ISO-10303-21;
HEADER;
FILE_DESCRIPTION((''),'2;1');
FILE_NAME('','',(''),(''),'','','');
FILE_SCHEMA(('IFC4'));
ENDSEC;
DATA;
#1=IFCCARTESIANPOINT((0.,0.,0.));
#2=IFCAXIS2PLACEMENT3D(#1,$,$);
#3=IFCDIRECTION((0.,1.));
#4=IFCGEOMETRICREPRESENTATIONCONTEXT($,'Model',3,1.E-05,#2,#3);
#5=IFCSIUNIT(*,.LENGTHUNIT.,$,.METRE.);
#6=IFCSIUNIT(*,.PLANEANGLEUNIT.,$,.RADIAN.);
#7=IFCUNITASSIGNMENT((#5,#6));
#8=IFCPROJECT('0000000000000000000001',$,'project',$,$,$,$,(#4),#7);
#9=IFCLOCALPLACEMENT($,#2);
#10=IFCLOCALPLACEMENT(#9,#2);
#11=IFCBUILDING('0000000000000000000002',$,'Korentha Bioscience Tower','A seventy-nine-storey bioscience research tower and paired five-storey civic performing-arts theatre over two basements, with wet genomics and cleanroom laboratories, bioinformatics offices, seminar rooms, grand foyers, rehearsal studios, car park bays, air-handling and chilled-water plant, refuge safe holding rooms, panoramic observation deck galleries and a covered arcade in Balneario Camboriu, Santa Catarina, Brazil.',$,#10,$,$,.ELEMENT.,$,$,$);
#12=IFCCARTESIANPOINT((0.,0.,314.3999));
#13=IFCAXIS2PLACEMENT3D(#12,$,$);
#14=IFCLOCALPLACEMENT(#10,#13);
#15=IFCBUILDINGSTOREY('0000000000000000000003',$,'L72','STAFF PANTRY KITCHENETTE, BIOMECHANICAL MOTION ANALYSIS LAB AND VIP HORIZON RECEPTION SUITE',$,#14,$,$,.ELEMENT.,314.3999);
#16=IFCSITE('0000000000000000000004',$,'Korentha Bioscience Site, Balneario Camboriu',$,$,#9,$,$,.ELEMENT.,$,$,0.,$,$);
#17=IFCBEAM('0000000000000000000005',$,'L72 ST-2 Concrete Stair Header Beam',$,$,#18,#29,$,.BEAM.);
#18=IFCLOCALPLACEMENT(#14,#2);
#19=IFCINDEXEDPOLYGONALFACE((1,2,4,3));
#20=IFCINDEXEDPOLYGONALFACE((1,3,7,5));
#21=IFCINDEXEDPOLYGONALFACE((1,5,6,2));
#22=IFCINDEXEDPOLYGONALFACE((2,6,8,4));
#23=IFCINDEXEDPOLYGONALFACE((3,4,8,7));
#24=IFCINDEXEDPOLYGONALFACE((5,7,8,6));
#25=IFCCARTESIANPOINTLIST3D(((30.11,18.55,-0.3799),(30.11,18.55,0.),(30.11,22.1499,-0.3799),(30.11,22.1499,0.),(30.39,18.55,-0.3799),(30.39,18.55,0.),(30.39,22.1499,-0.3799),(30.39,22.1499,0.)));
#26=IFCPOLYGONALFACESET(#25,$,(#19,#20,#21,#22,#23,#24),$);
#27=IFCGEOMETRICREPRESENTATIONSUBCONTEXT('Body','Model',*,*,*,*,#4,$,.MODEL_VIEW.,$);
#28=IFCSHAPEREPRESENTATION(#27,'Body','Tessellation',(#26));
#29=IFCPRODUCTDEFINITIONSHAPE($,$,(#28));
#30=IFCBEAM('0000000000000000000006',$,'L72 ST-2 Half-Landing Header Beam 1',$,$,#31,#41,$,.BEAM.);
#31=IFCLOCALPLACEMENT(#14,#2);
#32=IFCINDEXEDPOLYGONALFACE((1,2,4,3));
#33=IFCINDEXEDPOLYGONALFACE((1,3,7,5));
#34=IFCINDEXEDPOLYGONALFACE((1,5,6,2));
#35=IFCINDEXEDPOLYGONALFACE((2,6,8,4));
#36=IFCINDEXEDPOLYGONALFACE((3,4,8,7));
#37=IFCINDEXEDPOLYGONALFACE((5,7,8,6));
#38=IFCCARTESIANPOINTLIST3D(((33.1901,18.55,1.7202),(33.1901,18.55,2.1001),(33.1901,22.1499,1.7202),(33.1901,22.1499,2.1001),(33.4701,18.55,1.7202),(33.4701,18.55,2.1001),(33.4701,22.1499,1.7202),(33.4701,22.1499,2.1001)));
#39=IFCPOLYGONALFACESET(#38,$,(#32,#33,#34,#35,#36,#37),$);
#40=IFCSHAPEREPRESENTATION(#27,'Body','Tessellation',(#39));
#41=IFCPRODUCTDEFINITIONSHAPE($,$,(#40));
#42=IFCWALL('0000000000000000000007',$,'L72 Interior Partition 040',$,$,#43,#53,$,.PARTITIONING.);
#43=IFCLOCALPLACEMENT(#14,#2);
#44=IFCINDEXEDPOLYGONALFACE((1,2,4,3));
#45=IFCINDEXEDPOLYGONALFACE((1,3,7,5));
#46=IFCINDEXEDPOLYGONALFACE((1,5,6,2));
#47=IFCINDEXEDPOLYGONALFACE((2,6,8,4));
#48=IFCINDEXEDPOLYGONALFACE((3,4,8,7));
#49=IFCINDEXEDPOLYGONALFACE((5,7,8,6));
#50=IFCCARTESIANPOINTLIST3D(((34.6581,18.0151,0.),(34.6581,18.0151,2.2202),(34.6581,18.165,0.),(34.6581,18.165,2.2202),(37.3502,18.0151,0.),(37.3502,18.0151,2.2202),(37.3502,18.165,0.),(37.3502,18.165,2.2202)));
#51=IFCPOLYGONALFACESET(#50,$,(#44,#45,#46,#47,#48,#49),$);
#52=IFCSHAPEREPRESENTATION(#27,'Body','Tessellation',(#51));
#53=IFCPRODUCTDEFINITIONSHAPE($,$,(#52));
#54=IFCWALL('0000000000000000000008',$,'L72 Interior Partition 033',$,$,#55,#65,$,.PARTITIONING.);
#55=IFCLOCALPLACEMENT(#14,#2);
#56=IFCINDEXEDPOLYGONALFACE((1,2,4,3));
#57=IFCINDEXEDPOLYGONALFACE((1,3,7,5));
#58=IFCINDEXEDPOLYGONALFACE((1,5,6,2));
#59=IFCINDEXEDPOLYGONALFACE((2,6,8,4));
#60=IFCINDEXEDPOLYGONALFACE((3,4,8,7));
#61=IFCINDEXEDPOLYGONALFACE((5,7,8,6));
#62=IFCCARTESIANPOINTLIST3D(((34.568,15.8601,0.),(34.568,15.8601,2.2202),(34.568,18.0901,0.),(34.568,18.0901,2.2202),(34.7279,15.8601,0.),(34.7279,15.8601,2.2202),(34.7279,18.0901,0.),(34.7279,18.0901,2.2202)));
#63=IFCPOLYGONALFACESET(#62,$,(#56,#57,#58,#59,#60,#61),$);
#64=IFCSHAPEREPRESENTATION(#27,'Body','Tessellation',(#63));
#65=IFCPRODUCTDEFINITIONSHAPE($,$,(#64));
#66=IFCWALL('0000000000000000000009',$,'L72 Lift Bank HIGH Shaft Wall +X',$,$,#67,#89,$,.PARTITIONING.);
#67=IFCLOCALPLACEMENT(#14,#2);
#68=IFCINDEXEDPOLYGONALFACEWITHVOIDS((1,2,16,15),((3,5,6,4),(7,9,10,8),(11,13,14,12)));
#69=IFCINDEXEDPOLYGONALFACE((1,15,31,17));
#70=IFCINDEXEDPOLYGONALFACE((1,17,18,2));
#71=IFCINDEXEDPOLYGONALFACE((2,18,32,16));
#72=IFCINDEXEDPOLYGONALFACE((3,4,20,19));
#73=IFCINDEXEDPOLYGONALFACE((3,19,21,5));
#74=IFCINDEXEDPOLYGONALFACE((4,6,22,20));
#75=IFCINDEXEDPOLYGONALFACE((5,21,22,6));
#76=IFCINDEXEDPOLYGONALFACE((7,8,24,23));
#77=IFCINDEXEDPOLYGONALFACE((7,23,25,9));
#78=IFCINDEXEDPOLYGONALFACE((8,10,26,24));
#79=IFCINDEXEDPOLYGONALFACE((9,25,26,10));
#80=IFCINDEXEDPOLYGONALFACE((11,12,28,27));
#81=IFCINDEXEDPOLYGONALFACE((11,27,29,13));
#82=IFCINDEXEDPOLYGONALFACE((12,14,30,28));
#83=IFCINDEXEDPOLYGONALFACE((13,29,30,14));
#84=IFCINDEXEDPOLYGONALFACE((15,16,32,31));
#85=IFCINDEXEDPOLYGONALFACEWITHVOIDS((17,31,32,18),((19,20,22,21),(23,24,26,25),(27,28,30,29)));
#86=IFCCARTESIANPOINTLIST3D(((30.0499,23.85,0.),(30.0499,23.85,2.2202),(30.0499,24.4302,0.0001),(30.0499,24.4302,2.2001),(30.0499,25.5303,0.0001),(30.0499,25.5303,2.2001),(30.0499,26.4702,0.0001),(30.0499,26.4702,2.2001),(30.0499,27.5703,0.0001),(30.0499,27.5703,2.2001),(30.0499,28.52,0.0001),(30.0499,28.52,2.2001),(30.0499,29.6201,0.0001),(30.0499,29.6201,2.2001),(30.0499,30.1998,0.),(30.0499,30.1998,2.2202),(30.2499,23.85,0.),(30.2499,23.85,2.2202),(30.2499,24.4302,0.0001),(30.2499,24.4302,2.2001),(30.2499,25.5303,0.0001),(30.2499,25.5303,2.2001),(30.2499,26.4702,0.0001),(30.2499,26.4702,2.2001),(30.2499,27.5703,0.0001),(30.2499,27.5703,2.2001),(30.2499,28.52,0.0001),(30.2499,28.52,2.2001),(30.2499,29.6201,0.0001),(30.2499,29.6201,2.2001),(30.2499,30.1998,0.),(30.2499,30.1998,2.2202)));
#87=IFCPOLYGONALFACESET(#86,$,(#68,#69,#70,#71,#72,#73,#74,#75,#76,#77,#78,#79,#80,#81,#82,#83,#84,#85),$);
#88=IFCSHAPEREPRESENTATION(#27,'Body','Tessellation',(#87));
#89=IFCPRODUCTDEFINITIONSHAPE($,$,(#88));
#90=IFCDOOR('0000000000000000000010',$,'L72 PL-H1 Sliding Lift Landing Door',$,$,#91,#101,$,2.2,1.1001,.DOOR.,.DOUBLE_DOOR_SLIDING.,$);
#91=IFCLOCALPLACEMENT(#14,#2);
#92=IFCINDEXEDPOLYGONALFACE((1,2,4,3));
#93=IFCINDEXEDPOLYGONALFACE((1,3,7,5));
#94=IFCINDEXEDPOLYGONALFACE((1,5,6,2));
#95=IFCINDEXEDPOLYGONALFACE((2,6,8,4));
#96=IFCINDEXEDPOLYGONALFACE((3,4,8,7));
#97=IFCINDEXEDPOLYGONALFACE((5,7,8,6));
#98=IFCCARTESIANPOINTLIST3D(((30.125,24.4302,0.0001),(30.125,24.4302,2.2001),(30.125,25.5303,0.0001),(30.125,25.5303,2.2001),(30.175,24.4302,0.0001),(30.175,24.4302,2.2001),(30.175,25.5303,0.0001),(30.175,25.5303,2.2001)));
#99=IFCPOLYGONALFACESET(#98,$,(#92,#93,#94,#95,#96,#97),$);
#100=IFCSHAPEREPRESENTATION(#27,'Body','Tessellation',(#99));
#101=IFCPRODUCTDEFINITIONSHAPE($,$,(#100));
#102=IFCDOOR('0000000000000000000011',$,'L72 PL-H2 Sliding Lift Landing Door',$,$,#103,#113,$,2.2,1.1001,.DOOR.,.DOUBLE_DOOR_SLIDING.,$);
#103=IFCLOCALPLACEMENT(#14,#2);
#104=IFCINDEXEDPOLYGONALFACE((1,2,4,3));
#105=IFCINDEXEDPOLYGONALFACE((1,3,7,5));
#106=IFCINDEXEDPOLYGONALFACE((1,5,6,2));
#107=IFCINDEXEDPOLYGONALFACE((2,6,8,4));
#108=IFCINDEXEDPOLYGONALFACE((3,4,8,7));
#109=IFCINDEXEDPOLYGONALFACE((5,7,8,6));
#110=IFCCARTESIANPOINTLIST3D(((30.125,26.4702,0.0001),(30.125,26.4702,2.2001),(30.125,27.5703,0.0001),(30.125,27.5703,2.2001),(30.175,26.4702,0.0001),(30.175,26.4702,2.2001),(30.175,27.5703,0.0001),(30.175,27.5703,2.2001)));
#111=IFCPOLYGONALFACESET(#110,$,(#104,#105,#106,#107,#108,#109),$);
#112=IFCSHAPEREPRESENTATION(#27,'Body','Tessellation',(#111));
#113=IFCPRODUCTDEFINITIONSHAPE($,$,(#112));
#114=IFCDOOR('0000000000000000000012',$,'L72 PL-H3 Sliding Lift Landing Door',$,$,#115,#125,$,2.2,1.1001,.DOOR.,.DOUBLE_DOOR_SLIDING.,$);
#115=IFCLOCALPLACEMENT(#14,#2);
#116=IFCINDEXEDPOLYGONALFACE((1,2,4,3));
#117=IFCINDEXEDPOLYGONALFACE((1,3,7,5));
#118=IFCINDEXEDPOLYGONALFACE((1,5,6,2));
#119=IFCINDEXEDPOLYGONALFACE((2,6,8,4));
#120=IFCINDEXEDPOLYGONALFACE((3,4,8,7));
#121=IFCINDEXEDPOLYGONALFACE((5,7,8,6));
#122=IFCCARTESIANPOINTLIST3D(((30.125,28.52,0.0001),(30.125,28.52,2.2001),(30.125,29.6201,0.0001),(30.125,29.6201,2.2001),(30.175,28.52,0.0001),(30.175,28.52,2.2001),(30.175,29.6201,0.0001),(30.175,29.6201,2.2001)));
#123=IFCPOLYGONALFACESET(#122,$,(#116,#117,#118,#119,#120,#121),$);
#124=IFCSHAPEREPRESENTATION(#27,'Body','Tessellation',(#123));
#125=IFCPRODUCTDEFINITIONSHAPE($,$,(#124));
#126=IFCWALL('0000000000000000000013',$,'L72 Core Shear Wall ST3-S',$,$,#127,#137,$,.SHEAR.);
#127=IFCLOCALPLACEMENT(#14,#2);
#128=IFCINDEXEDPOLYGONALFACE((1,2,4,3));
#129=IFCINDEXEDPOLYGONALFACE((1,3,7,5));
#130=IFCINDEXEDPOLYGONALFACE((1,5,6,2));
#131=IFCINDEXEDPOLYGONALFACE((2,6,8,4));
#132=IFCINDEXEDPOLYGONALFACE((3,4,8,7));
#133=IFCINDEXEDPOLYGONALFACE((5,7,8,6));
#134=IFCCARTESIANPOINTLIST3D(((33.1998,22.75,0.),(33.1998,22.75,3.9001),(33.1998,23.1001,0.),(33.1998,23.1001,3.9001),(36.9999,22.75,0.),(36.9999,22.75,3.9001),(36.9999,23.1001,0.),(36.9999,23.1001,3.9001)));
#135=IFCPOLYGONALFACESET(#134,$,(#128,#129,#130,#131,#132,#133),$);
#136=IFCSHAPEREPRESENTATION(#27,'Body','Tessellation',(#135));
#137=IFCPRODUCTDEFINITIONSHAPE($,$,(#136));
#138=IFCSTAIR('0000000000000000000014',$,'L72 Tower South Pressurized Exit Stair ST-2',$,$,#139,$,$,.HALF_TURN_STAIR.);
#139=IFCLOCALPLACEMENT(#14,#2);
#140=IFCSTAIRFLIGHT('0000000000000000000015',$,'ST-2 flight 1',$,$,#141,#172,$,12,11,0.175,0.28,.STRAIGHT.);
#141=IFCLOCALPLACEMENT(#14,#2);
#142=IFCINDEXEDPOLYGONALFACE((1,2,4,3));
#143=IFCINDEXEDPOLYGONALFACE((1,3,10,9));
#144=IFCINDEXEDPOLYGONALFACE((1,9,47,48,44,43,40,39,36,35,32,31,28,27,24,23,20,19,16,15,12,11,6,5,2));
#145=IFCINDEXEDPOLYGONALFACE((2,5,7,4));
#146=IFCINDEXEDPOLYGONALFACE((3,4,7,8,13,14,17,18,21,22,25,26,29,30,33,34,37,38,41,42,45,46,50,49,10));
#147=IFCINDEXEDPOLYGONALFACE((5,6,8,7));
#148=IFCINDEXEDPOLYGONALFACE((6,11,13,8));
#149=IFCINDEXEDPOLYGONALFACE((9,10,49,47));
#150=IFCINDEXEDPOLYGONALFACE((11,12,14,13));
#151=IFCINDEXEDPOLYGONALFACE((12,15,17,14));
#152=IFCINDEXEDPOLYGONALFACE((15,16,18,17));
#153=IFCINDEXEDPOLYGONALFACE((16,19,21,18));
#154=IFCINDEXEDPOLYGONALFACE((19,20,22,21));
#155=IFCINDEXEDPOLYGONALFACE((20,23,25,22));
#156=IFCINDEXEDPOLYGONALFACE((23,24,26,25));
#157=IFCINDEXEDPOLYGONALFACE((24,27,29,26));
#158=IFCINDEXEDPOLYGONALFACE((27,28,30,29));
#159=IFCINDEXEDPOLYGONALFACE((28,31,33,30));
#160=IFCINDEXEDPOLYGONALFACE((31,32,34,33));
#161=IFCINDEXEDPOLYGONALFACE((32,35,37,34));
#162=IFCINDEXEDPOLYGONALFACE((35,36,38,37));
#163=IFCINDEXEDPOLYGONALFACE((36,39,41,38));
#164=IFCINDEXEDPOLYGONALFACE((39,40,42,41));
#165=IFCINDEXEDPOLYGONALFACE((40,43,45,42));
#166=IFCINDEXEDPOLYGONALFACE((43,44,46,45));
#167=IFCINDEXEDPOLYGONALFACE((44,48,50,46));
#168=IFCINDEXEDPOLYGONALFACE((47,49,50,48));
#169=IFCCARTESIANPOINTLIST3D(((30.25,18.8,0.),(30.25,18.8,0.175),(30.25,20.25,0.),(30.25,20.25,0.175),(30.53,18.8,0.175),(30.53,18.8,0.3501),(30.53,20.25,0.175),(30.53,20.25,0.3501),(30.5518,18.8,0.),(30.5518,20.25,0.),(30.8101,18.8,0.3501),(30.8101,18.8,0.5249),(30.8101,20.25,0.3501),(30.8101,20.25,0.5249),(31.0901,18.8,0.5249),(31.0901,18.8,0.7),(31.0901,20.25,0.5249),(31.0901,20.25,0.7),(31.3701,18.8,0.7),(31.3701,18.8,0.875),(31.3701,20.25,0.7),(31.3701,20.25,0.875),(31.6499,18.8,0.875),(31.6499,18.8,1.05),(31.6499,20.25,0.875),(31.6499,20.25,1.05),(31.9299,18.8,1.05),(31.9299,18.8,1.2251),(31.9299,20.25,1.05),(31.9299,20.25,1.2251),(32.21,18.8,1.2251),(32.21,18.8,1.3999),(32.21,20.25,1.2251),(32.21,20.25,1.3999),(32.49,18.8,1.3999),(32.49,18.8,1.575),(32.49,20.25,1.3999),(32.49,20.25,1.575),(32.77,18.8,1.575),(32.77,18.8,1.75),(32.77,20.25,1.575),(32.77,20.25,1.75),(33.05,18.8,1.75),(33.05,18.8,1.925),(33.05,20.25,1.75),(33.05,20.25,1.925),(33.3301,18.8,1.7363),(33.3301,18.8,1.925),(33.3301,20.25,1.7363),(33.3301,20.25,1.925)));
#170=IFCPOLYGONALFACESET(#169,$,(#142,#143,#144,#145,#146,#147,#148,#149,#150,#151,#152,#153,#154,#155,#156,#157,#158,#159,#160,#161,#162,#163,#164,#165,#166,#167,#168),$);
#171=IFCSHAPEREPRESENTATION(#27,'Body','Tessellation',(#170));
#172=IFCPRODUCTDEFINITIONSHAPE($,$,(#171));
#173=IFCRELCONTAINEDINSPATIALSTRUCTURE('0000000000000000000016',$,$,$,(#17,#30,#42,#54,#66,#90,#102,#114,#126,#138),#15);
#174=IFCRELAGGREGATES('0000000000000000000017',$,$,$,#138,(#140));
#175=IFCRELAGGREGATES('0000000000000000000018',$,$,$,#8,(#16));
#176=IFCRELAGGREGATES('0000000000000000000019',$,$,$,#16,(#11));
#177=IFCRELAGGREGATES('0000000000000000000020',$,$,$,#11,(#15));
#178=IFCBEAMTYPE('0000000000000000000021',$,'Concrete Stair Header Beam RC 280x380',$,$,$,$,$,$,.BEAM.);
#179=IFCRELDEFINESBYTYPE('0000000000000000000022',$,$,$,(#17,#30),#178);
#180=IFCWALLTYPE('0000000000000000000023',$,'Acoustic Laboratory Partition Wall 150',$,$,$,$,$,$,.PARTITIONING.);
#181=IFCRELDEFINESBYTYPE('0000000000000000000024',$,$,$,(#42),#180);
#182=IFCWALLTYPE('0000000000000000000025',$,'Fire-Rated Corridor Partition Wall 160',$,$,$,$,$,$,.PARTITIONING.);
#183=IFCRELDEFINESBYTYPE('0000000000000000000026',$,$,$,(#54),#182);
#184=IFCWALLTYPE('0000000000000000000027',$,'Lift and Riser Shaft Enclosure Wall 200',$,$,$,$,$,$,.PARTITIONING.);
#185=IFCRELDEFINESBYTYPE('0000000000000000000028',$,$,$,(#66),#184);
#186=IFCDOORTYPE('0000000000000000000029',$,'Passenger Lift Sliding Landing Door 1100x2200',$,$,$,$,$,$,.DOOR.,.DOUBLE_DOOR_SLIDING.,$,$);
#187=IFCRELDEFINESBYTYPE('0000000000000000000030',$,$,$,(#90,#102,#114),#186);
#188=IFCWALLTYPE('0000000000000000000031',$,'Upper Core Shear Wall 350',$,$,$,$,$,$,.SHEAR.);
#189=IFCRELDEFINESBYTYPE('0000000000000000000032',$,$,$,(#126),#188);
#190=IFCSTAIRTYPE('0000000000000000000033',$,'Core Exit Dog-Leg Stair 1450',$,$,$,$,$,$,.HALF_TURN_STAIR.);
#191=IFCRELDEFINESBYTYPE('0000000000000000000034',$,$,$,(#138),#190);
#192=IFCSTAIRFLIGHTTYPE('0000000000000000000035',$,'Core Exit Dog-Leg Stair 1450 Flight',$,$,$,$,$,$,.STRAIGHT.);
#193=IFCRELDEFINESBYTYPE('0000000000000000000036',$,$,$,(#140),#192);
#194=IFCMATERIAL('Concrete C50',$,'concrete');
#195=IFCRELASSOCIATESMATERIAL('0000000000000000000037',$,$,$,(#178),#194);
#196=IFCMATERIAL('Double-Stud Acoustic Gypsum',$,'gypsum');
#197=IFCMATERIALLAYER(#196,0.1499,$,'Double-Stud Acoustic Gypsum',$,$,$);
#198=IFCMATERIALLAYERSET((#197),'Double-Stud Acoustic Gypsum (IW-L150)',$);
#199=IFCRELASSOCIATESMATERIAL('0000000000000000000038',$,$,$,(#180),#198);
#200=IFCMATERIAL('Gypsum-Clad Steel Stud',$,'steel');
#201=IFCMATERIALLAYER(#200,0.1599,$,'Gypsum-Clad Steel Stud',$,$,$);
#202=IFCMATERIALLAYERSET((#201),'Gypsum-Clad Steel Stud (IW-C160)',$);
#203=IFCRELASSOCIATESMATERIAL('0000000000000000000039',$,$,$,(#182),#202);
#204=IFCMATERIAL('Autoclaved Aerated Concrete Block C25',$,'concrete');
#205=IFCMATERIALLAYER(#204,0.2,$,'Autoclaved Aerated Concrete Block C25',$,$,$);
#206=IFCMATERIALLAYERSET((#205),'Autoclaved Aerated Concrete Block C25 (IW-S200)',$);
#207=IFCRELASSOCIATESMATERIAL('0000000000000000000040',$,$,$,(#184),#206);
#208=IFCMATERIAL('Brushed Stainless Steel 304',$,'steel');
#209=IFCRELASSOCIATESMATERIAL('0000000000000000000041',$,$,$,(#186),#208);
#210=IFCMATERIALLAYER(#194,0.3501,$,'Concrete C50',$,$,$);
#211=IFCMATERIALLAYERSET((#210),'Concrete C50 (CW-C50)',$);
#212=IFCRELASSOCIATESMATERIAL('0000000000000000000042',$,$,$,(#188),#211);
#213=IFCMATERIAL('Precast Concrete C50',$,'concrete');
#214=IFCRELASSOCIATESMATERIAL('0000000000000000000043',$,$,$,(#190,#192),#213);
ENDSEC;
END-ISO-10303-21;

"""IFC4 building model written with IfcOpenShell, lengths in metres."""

from ifc_helpers import new_model, si_unit, direction, frame, frame_2d, origin, origin_2d, place, context, subcontext, project, spatial, polyline, rectangle, outline, extrude, material, layer, layer_set, material_profile, profile_set, type_object, element, fill, aggregate, save


model = new_model("IFC4")

# Units and contexts
model_context = context("Model", 3, precision=1e-05, world=origin(), true_north=direction((0.0, 1.0)))
body_context = subcontext(model_context, "Body", "Model", "MODEL_VIEW")
ifc_project = project(units=[si_unit("LENGTHUNIT", "METRE"), si_unit("PLANEANGLEUNIT", "RADIAN")], contexts=[model_context])

# Site, building, storey
site_placement = place(None, origin())
site = spatial("IfcSite", under=ifc_project, at=site_placement, Name="Korentha Bioscience Site, Balneario Camboriu", CompositionType="ELEMENT", RefElevation=0.0)
building_placement = place(site_placement, origin())
building = spatial("IfcBuilding", under=site, at=building_placement, Name="Korentha Bioscience Tower", Description="A seventy-nine-storey bioscience research tower and paired five-storey civic performing-arts theatre over two basements, with wet genomics and cleanroom laboratories, bioinformatics offices, seminar rooms, grand foyers, rehearsal studios, car park bays, air-handling and chilled-water plant, refuge safe holding rooms, panoramic observation deck galleries and a covered arcade in Balneario Camboriu, Santa Catarina, Brazil.", CompositionType="ELEMENT")
storey_placement = place(building_placement, frame((0.0, 0.0, 314.3999)))
storey = spatial("IfcBuildingStorey", under=building, at=storey_placement, Name="L72", Description="STAFF PANTRY KITCHENETTE, BIOMECHANICAL MOTION ANALYSIS LAB AND VIP HORIZON RECEPTION SUITE", CompositionType="ELEMENT", Elevation=314.3999)

# Beams
ifc_material_1 = material(Name="Concrete C50", Category="concrete")
ifc_material_profile = material_profile(ifc_material_1, rectangle(XDim=0.28, YDim=0.3799, at=origin_2d()), Name="Concrete C50")
ifc_profile_set = profile_set([ifc_material_profile], Name="Concrete C50 (ST-HB380)")
beam_type = type_object("IfcBeamType", Name="Concrete Stair Header Beam RC 280x380", PredefinedType="BEAM", material=ifc_profile_set)
for number, where, z_axis, x_axis, name in (
    (1, (30.25, 18.55, -0.1899), (0.0, 1.0, 0.0), (-1.0, 0.0, 0.0), "L72 ST-2 Concrete Stair Header Beam"),
    (2, (33.3301, 18.55, 1.9102), (0.0, 1.0, 0.0), (-1.0, 0.0, 0.0), "L72 ST-2 Half-Landing Header Beam 1"),
):
    element("IfcBeam", number, at=place(storey_placement, frame(where, z_axis=z_axis, x_axis=x_axis)), inside=storey, type_object=beam_type, Name=name, PredefinedType="BEAM", context=body_context, shape_type="SweptSolid", body=[
        extrude(rectangle(XDim=0.28, YDim=0.3799, at=origin_2d()), origin(), (0.0, 0.0, 1.0), 3.5999),
    ])

# Walls
ifc_material_2 = material(Name="Double-Stud Acoustic Gypsum", Category="gypsum")
ifc_layer_1 = layer(ifc_material_2, 0.1499, Name="Double-Stud Acoustic Gypsum")
ifc_layer_set_1 = layer_set([ifc_layer_1], Name="Double-Stud Acoustic Gypsum (IW-L150)")
wall_type_1 = type_object("IfcWallType", Name="Acoustic Laboratory Partition Wall 150", PredefinedType="PARTITIONING", material=ifc_layer_set_1)
wall_1_placement = place(storey_placement, frame((34.658, 18.0901, 0.0), z_axis=(0.0, 0.0, 1.0), x_axis=(1.0, 0.0, 0.0)))
element("IfcWall", 3, at=wall_1_placement, inside=storey, type_object=wall_type_1, Name="L72 Interior Partition 040", PredefinedType="PARTITIONING", context=body_context, shape_type="SweptSolid", body=[
    extrude(rectangle(XDim=2.6921, YDim=0.1499, at=frame_2d((1.3462, 0.0))), origin(), (0.0, 0.0, 1.0), 2.2202),
])
ifc_material_3 = material(Name="Gypsum-Clad Steel Stud", Category="steel")
ifc_layer_2 = layer(ifc_material_3, 0.1599, Name="Gypsum-Clad Steel Stud")
ifc_layer_set_2 = layer_set([ifc_layer_2], Name="Gypsum-Clad Steel Stud (IW-C160)")
wall_type_2 = type_object("IfcWallType", Name="Fire-Rated Corridor Partition Wall 160", PredefinedType="PARTITIONING", material=ifc_layer_set_2)
wall_2_placement = place(storey_placement, frame((34.6479, 18.0901, 0.0), z_axis=(0.0, 0.0, 1.0), x_axis=(0.0, -1.0, 0.0)))
element("IfcWall", 4, at=wall_2_placement, inside=storey, type_object=wall_type_2, Name="L72 Interior Partition 033", PredefinedType="PARTITIONING", context=body_context, shape_type="SweptSolid", body=[
    extrude(rectangle(XDim=2.23, YDim=0.1599, at=frame_2d((1.115, 0.0))), origin(), (0.0, 0.0, 1.0), 2.2202),
])

# Wall, openings, doors
ifc_material_4 = material(Name="Autoclaved Aerated Concrete Block C25", Category="concrete")
ifc_layer_3 = layer(ifc_material_4, 0.2, Name="Autoclaved Aerated Concrete Block C25")
ifc_layer_set_3 = layer_set([ifc_layer_3], Name="Autoclaved Aerated Concrete Block C25 (IW-S200)")
wall_type_3 = type_object("IfcWallType", Name="Lift and Riser Shaft Enclosure Wall 200", PredefinedType="PARTITIONING", material=ifc_layer_set_3)
wall_3_placement = place(storey_placement, frame((30.1499, 23.8501, 0.0), z_axis=(0.0, 0.0, 1.0), x_axis=(0.0, 1.0, 0.0)))
wall_3 = element("IfcWall", 5, at=wall_3_placement, inside=storey, type_object=wall_type_3, Name="L72 Lift Bank HIGH Shaft Wall +X", PredefinedType="PARTITIONING", context=body_context, shape_type="SweptSolid", body=[
    extrude(rectangle(XDim=6.3499, YDim=0.2, at=frame_2d((3.1748, 0.0))), origin(), (0.0, 0.0, 1.0), 2.2202),
])
opening_1_placement = place(wall_3_placement, frame((0.5801, 0.0, 0.0)))
opening_1 = element("IfcOpeningElement", 6, at=opening_1_placement, cuts=wall_3, PredefinedType="OPENING", context=body_context, shape_type="SweptSolid", body=[
    extrude(rectangle(XDim=1.1001, YDim=2.2, at=frame_2d((0.55, 1.1001))), frame((0.0, 0.1147, 0.0), z_axis=(0.0, -1.0, 0.0), x_axis=(1.0, 0.0, 0.0)), (0.0, 0.0, 1.0), 0.2297),
])
opening_2_placement = place(wall_3_placement, frame((2.6201, 0.0, 0.0)))
opening_2 = element("IfcOpeningElement", 7, at=opening_2_placement, cuts=wall_3, PredefinedType="OPENING", context=body_context, shape_type="SweptSolid", body=[
    extrude(rectangle(XDim=1.1001, YDim=2.2, at=frame_2d((0.55, 1.1001))), frame((0.0, 0.1147, 0.0), z_axis=(0.0, -1.0, 0.0), x_axis=(1.0, 0.0, 0.0)), (0.0, 0.0, 1.0), 0.2297),
])
opening_3_placement = place(wall_3_placement, frame((4.6699, 0.0, 0.0)))
opening_3 = element("IfcOpeningElement", 8, at=opening_3_placement, cuts=wall_3, PredefinedType="OPENING", context=body_context, shape_type="SweptSolid", body=[
    extrude(rectangle(XDim=1.1001, YDim=2.2, at=frame_2d((0.55, 1.1001))), frame((0.0, 0.1147, 0.0), z_axis=(0.0, -1.0, 0.0), x_axis=(1.0, 0.0, 0.0)), (0.0, 0.0, 1.0), 0.2297),
])
ifc_material_5 = material(Name="Brushed Stainless Steel 304", Category="steel")
door_type_1 = type_object("IfcDoorType", Name="Passenger Lift Sliding Landing Door 1100x2200", OperationType="DOUBLE_DOOR_SLIDING", PredefinedType="DOOR", material=ifc_material_5)
door_1_placement = place(opening_1_placement, origin())
door_1 = element("IfcDoor", 9, at=door_1_placement, inside=storey, type_object=door_type_1, Name="L72 PL-H1 Sliding Lift Landing Door", OperationType="DOUBLE_DOOR_SLIDING", OverallHeight=2.2, OverallWidth=1.1001, PredefinedType="DOOR", context=body_context, shape_type="SweptSolid", body=[
    extrude(rectangle(XDim=1.1001, YDim=2.2, at=frame_2d((0.55, 1.1001))), frame((0.0, 0.0249, 0.0), z_axis=(0.0, -1.0, 0.0), x_axis=(1.0, 0.0, 0.0)), (0.0, 0.0, 1.0), 0.05),
])
fill(opening_1, door_1)
door_2_placement = place(opening_2_placement, origin())
door_2 = element("IfcDoor", 10, at=door_2_placement, inside=storey, type_object=door_type_1, Name="L72 PL-H2 Sliding Lift Landing Door", OperationType="DOUBLE_DOOR_SLIDING", OverallHeight=2.2, OverallWidth=1.1001, PredefinedType="DOOR", context=body_context, shape_type="SweptSolid", body=[
    extrude(rectangle(XDim=1.1001, YDim=2.2, at=frame_2d((0.55, 1.1001))), frame((0.0, 0.0249, 0.0), z_axis=(0.0, -1.0, 0.0), x_axis=(1.0, 0.0, 0.0)), (0.0, 0.0, 1.0), 0.05),
])
fill(opening_2, door_2)
door_3_placement = place(opening_3_placement, origin())
door_3 = element("IfcDoor", 11, at=door_3_placement, inside=storey, type_object=door_type_1, Name="L72 PL-H3 Sliding Lift Landing Door", OperationType="DOUBLE_DOOR_SLIDING", OverallHeight=2.2, OverallWidth=1.1001, PredefinedType="DOOR", context=body_context, shape_type="SweptSolid", body=[
    extrude(rectangle(XDim=1.1001, YDim=2.2, at=frame_2d((0.55, 1.1001))), frame((0.0, 0.0249, 0.0), z_axis=(0.0, -1.0, 0.0), x_axis=(1.0, 0.0, 0.0)), (0.0, 0.0, 1.0), 0.05),
])
fill(opening_3, door_3)

# Wall
ifc_layer_4 = layer(ifc_material_1, 0.3501, Name="Concrete C50")
ifc_layer_set_4 = layer_set([ifc_layer_4], Name="Concrete C50 (CW-C50)")
wall_type_4 = type_object("IfcWallType", Name="Upper Core Shear Wall 350", PredefinedType="SHEAR", material=ifc_layer_set_4)
wall_4_placement = place(storey_placement, frame((33.2, 22.925, 0.0), z_axis=(0.0, 0.0, 1.0), x_axis=(1.0, 0.0, 0.0)))
element("IfcWall", 12, at=wall_4_placement, inside=storey, type_object=wall_type_4, Name="L72 Core Shear Wall ST3-S", PredefinedType="SHEAR", context=body_context, shape_type="SweptSolid", body=[
    extrude(rectangle(XDim=3.8, YDim=0.3501, at=frame_2d((1.8999, 0.0))), origin(), (0.0, 0.0, 1.0), 3.9001),
])

# Stair, stair flight
ifc_material_6 = material(Name="Precast Concrete C50", Category="concrete")
stair_type = type_object("IfcStairType", Name="Core Exit Dog-Leg Stair 1450", PredefinedType="HALF_TURN_STAIR", material=ifc_material_6)
stair_placement = place(storey_placement, origin())
stair = element("IfcStair", 13, at=stair_placement, inside=storey, type_object=stair_type, Name="L72 Tower South Pressurized Exit Stair ST-2", PredefinedType="HALF_TURN_STAIR")
stair_flight_type = type_object("IfcStairFlightType", Name="Core Exit Dog-Leg Stair 1450 Flight", PredefinedType="STRAIGHT", material=ifc_material_6)
stair_flight_1_placement = place(storey_placement, frame((30.25, 19.5249, 0.0), z_axis=(0.0, 0.0, 1.0), x_axis=(1.0, 0.0, 0.0)))
stair_flight_1 = element("IfcStairFlight", 14, at=stair_flight_1_placement, type_object=stair_flight_type, Name="ST-2 flight 1", NumberOfRisers=12, NumberOfTreads=11, PredefinedType="STRAIGHT", RiserHeight=0.175, TreadLength=0.28, context=body_context, shape_type="SweptSolid", body=[
    extrude(outline(polyline([(0.0, 0.0), (0.0, 0.175), (0.28, 0.175), (0.28, 0.3501), (0.5601, 0.3501), (0.5601, 0.5249), (0.8401, 0.5249), (0.8401, 0.7), (1.1201, 0.7), (1.1201, 0.875), (1.3999, 0.875), (1.3999, 1.05), (1.6799, 1.05), (1.6799, 1.2251), (1.96, 1.2251), (1.96, 1.3999), (2.24, 1.3999), (2.24, 1.575), (2.52, 1.575), (2.52, 1.75), (2.8, 1.75), (2.8, 1.925), (3.0801, 1.925), (3.0801, 2.1001), (3.0801, 1.7363), (0.3018, 0.0), (0.0, 0.0)])), frame((0.0, 0.7251, 0.0), z_axis=(0.0, -1.0, 0.0), x_axis=(1.0, 0.0, 0.0)), (0.0, 0.0, 1.0), 1.45),
])
aggregate(stair, [stair_flight_1])

save(model, "model.ifc")
